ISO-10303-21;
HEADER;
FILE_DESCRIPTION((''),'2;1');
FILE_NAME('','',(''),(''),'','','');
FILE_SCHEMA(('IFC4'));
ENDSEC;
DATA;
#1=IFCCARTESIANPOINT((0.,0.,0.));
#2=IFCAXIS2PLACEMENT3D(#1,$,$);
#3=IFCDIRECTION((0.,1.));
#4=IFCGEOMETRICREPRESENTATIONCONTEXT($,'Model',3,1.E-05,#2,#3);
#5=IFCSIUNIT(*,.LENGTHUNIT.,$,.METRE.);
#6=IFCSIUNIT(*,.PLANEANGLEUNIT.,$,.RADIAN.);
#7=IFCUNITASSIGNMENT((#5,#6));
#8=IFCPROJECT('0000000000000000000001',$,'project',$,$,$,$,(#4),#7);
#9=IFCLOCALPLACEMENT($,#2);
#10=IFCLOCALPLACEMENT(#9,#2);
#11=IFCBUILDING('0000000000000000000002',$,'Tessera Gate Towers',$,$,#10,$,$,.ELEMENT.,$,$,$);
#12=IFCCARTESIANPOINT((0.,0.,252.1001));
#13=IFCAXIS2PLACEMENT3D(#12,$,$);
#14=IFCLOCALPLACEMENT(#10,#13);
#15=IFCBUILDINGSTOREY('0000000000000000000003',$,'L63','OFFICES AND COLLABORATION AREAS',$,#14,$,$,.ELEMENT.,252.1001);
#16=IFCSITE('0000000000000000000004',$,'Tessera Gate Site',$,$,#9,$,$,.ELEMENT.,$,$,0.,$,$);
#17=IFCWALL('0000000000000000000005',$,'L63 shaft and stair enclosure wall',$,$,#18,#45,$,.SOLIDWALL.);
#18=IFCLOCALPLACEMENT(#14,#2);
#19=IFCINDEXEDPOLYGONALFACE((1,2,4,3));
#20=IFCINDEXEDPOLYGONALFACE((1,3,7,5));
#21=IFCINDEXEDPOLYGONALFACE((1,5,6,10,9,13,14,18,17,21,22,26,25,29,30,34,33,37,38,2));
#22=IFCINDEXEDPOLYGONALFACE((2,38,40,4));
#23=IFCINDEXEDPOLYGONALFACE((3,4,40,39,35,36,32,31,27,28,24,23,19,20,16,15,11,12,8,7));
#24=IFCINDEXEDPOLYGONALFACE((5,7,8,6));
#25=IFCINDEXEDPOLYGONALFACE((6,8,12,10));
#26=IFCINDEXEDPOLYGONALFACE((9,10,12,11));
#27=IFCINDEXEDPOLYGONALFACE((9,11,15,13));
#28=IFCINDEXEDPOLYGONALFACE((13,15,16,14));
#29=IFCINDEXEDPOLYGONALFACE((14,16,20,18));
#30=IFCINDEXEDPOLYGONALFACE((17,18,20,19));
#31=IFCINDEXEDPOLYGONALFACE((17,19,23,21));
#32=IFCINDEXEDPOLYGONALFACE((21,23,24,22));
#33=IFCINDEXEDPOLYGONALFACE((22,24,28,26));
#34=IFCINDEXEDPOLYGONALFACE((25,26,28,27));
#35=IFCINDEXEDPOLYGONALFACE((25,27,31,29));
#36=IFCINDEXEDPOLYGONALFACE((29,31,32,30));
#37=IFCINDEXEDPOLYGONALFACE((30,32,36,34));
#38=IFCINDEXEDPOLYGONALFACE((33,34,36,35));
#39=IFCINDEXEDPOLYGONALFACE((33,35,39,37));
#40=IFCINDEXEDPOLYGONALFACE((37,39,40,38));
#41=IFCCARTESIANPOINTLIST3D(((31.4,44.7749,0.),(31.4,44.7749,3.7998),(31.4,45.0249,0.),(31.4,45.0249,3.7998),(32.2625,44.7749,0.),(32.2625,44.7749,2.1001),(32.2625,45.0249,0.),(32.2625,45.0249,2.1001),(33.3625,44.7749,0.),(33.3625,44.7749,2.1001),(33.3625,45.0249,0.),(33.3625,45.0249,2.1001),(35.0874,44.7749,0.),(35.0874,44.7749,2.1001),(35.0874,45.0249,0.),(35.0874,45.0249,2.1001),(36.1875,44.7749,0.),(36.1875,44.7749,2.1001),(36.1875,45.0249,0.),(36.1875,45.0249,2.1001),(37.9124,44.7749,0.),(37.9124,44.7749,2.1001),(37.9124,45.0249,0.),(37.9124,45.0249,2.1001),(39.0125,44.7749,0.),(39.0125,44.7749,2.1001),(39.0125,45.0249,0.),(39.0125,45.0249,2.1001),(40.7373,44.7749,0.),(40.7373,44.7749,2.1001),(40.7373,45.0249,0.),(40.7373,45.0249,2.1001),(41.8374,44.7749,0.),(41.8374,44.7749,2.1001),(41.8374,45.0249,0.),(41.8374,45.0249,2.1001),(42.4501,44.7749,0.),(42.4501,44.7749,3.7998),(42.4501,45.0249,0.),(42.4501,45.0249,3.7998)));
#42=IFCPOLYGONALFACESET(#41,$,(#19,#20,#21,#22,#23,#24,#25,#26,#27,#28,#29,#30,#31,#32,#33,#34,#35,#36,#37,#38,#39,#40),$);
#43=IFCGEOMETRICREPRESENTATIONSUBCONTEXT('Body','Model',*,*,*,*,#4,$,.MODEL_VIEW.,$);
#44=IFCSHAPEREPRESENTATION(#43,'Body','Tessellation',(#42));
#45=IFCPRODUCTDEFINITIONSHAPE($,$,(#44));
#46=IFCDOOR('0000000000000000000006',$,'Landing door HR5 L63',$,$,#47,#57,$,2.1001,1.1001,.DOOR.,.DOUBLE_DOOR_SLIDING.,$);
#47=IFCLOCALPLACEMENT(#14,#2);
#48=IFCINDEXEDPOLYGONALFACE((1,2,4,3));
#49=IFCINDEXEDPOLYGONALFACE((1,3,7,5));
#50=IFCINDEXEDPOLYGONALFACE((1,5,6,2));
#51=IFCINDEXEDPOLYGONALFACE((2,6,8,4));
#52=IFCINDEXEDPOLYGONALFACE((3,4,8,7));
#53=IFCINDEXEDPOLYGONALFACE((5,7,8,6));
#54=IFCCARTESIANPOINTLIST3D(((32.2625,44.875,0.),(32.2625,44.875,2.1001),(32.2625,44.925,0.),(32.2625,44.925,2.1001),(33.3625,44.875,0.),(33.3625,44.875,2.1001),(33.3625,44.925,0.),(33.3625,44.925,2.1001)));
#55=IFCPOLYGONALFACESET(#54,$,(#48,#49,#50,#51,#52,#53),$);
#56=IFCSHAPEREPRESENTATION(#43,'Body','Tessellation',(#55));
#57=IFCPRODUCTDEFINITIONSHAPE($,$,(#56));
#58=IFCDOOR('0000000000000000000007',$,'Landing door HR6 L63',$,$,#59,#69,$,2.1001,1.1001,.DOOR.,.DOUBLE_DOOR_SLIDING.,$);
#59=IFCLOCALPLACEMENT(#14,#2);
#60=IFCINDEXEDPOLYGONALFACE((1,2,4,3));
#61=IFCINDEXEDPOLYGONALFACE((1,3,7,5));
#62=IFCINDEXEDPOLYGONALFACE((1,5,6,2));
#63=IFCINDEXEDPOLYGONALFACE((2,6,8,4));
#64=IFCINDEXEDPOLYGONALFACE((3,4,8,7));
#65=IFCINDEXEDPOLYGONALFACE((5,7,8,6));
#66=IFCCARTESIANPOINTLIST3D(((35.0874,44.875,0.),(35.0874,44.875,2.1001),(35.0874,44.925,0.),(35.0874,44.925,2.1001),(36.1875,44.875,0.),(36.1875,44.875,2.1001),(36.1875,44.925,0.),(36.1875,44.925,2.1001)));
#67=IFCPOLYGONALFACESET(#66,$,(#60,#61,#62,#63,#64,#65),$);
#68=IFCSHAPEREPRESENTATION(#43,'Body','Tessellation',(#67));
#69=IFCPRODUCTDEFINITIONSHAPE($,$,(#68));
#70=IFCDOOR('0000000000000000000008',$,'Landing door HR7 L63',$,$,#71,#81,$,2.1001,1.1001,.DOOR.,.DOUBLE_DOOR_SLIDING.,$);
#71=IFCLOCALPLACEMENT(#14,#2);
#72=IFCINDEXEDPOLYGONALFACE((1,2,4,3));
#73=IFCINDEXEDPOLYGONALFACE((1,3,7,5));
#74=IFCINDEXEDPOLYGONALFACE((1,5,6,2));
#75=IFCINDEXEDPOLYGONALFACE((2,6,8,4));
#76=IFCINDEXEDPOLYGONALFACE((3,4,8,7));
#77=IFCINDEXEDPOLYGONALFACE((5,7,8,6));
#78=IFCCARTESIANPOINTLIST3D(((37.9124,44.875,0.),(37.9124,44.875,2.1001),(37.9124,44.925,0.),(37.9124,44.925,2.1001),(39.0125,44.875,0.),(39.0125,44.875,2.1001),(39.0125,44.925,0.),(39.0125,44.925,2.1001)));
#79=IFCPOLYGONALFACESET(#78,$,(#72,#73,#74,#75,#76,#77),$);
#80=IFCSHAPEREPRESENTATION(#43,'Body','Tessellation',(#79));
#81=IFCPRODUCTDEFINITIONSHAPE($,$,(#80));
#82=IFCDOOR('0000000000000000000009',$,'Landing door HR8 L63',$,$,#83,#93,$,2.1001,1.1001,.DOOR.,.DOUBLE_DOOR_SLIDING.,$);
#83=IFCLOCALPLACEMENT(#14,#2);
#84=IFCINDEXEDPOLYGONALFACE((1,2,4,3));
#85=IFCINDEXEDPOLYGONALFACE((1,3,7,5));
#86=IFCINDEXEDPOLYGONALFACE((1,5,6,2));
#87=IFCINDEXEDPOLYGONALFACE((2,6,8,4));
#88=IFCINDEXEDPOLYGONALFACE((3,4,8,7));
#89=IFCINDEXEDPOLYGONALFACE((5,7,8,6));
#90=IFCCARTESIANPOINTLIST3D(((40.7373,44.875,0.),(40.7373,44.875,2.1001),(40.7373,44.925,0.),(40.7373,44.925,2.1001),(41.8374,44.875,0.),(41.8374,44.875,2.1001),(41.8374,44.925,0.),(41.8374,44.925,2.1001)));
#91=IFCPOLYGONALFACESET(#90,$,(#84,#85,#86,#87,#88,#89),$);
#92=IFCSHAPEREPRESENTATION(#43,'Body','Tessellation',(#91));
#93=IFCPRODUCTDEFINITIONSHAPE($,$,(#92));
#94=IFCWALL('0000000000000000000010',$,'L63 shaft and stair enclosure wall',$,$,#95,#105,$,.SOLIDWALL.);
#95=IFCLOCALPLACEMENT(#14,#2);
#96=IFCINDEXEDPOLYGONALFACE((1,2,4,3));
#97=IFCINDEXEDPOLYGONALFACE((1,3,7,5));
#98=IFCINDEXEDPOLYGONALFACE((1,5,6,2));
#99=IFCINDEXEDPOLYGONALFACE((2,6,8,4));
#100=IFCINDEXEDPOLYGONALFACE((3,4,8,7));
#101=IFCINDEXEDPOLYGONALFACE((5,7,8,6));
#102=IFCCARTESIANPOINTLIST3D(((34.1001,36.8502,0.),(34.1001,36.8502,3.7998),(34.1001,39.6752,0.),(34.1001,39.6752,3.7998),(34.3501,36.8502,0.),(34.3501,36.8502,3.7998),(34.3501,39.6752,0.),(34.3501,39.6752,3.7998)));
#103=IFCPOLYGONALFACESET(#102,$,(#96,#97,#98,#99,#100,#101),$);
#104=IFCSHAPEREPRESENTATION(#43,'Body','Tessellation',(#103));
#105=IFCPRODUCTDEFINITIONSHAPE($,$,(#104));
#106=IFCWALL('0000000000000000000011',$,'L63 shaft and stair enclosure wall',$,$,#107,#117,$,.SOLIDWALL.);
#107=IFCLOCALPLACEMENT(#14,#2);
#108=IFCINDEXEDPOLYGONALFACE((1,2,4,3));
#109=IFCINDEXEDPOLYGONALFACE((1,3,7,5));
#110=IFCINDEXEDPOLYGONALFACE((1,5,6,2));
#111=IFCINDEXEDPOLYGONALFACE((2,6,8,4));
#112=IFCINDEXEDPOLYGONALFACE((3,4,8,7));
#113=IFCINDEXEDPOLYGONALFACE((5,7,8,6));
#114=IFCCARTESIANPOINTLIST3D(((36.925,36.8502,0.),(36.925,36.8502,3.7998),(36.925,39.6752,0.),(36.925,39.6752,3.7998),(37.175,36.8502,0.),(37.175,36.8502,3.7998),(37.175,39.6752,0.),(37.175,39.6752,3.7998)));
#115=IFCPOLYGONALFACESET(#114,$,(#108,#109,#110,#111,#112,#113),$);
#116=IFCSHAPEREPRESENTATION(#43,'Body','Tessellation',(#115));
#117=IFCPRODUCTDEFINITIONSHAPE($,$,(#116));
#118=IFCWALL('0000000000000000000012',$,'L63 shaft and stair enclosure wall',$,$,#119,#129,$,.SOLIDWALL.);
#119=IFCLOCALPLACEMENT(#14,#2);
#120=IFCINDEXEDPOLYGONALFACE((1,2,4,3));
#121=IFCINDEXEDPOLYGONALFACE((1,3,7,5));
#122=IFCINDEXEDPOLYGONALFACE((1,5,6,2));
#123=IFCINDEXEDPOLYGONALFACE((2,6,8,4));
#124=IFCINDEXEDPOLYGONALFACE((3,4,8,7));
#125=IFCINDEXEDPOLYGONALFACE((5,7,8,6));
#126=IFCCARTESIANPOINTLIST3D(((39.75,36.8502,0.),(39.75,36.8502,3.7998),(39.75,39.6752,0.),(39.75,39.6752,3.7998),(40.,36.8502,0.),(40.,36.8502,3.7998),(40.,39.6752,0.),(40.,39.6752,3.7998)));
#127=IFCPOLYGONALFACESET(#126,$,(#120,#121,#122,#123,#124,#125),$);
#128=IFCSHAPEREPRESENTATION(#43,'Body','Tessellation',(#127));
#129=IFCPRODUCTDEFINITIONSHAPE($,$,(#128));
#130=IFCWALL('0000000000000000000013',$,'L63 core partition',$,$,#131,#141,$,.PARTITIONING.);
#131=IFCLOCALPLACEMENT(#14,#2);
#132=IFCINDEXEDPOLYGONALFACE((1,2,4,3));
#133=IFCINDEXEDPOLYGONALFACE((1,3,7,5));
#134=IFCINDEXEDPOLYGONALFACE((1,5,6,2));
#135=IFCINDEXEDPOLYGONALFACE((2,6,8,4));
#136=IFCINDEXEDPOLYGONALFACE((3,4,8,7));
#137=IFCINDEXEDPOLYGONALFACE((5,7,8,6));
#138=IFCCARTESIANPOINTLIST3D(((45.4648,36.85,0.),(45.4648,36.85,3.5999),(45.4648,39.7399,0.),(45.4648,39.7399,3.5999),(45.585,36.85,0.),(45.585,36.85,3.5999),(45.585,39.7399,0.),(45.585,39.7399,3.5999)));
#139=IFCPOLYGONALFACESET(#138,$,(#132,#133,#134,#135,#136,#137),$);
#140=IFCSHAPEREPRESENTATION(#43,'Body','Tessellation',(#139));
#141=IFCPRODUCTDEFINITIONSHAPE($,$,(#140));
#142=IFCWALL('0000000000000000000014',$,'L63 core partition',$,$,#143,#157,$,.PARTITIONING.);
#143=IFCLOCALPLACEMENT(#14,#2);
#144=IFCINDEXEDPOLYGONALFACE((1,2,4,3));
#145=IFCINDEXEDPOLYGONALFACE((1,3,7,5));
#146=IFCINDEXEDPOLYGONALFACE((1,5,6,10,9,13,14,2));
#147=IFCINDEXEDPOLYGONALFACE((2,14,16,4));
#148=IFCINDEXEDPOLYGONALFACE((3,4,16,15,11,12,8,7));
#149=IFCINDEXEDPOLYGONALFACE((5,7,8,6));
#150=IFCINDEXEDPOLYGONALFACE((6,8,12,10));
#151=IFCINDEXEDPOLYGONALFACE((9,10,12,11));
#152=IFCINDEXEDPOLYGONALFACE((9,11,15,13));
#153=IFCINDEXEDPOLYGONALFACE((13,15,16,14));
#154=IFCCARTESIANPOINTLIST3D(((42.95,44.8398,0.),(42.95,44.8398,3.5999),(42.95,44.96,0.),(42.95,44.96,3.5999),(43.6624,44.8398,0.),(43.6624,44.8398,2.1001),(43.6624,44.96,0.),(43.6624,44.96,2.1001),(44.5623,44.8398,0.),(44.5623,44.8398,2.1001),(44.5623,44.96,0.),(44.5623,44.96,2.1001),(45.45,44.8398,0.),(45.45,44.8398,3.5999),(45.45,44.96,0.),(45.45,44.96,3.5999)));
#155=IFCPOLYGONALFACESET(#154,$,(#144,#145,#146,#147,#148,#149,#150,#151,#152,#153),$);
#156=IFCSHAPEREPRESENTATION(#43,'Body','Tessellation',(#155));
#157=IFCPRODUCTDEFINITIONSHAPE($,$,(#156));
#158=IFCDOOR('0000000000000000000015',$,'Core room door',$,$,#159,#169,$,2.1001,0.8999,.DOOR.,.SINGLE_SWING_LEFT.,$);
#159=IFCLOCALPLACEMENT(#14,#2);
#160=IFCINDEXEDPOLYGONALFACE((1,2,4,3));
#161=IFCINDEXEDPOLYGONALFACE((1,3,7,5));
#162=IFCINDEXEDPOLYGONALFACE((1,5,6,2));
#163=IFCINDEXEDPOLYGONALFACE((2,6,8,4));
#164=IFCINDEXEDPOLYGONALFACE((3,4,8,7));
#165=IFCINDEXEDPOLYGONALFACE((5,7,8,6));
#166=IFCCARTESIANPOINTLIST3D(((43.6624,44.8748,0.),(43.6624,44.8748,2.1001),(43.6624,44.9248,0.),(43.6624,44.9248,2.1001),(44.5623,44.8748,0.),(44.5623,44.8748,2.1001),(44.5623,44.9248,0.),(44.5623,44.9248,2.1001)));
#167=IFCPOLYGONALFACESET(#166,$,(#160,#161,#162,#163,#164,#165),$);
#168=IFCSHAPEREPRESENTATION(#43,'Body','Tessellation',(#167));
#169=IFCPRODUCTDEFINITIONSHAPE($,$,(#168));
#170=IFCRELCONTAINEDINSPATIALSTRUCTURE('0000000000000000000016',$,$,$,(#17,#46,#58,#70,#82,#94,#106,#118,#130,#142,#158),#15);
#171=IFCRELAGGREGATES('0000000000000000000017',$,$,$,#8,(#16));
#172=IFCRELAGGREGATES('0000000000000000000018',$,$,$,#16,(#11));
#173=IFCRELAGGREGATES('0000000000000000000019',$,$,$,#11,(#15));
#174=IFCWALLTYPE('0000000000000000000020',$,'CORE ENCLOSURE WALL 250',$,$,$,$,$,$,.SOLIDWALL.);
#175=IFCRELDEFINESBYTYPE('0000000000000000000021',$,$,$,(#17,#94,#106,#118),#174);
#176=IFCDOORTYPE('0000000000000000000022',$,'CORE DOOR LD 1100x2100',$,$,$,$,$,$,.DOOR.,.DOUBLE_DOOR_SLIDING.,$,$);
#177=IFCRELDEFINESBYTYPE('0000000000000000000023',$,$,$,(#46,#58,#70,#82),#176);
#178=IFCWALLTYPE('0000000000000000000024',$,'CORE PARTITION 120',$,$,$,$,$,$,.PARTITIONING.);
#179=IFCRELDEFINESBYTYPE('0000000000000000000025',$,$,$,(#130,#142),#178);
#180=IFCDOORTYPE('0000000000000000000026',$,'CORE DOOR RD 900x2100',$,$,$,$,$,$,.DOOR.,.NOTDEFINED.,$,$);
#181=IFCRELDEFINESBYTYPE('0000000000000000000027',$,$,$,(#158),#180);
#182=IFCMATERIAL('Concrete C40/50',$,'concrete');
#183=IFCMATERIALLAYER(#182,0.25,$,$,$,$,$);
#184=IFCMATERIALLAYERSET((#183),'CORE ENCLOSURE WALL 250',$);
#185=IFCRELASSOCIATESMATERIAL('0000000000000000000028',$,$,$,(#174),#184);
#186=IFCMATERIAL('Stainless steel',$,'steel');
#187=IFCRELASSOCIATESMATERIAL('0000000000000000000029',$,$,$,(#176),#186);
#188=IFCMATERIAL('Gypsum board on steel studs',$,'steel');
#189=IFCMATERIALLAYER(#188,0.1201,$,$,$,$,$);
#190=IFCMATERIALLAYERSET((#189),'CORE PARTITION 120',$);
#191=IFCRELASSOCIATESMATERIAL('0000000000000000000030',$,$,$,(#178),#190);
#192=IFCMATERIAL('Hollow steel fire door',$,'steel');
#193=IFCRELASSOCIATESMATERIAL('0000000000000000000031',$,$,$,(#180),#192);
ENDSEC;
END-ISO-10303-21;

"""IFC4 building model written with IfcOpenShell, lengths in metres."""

from ifc_helpers import new_model, si_unit, direction, frame, frame_2d, origin, place, context, subcontext, project, spatial, rectangle, extrude, source, transform, mapped, material, layer, layer_set, type_object, element, fill, save


model = new_model("IFC4")

# Units and contexts
model_context = context("Model", 3, precision=1e-05, world=origin(), true_north=direction((0.0, 1.0)))
body_context = subcontext(model_context, "Body", "Model", "MODEL_VIEW")
ifc_project = project(units=[si_unit("LENGTHUNIT", "METRE"), si_unit("PLANEANGLEUNIT", "RADIAN")], contexts=[model_context])

# Site, building, storey
site_placement = place(None, origin())
site = spatial("IfcSite", under=ifc_project, at=site_placement, Name="Tessera Gate Site", CompositionType="ELEMENT", RefElevation=0.0)
building_placement = place(site_placement, origin())
building = spatial("IfcBuilding", under=site, at=building_placement, Name="Tessera Gate Towers", CompositionType="ELEMENT")
storey_placement = place(building_placement, frame((0.0, 0.0, 252.1001)))
storey = spatial("IfcBuildingStorey", under=building, at=storey_placement, Name="L63", Description="OFFICES AND COLLABORATION AREAS", CompositionType="ELEMENT", Elevation=252.1001)

# Wall, openings, doors
ifc_material_1 = material(Name="Concrete C40/50", Category="concrete")
ifc_layer_1 = layer(ifc_material_1, 0.25)
ifc_layer_set_1 = layer_set([ifc_layer_1], Name="CORE ENCLOSURE WALL 250")
wall_type_1 = type_object("IfcWallType", Name="CORE ENCLOSURE WALL 250", PredefinedType="SOLIDWALL", material=ifc_layer_set_1)
shared_shape_1 = source(origin(), body_context, "Body", "SweptSolid", [
    extrude(rectangle(XDim=1.1001, YDim=2.1001, at=frame_2d((0.55, 1.05))), frame((0.0, 0.135, 0.0), z_axis=(0.0, -1.0, 0.0), x_axis=(1.0, 0.0, 0.0)), (0.0, 0.0, 1.0), 0.27),
])
ifc_material_2 = material(Name="Stainless steel", Category="steel")
door_type_1 = type_object("IfcDoorType", Name="CORE DOOR LD 1100x2100", OperationType="DOUBLE_DOOR_SLIDING", PredefinedType="DOOR", material=ifc_material_2)
shared_shape_2 = source(origin(), body_context, "Body", "SweptSolid", [
    extrude(rectangle(XDim=1.1001, YDim=2.1001, at=frame_2d((0.55, 1.05))), frame((0.0, 0.0249, 0.0), z_axis=(0.0, -1.0, 0.0), x_axis=(1.0, 0.0, 0.0)), (0.0, 0.0, 1.0), 0.05),
])
wall_1_placement = place(storey_placement, frame((42.45, 44.8999, 0.0), z_axis=(0.0, 0.0, 1.0), x_axis=(-1.0, 0.0, 0.0)))
wall_1 = element("IfcWall", 1, at=wall_1_placement, inside=storey, type_object=wall_type_1, Name="L63 shaft and stair enclosure wall", PredefinedType="SOLIDWALL", context=body_context, shape_type="SweptSolid", body=[
    extrude(rectangle(XDim=11.05, YDim=0.25, at=frame_2d((5.5249, 0.0))), origin(), (0.0, 0.0, 1.0), 3.7998),
])
opening_1_placement = place(wall_1_placement, frame((9.0874, 0.0, 0.0)))
opening_1 = element("IfcOpeningElement", 2, at=opening_1_placement, cuts=wall_1, PredefinedType="OPENING", context=body_context, shape_type="MappedRepresentation", body=[
    mapped(shared_shape_1, transform((0.0, 0.0, 0.0), scale=1.0)),
])
opening_2_placement = place(wall_1_placement, frame((6.2625, 0.0, 0.0)))
opening_2 = element("IfcOpeningElement", 3, at=opening_2_placement, cuts=wall_1, PredefinedType="OPENING", context=body_context, shape_type="MappedRepresentation", body=[
    mapped(shared_shape_1, transform((0.0, 0.0, 0.0), scale=1.0)),
])
opening_3_placement = place(wall_1_placement, frame((3.4375, 0.0, 0.0)))
opening_3 = element("IfcOpeningElement", 4, at=opening_3_placement, cuts=wall_1, PredefinedType="OPENING", context=body_context, shape_type="MappedRepresentation", body=[
    mapped(shared_shape_1, transform((0.0, 0.0, 0.0), scale=1.0)),
])
opening_4_placement = place(wall_1_placement, frame((0.6125, 0.0, 0.0)))
opening_4 = element("IfcOpeningElement", 5, at=opening_4_placement, cuts=wall_1, PredefinedType="OPENING", context=body_context, shape_type="MappedRepresentation", body=[
    mapped(shared_shape_1, transform((0.0, 0.0, 0.0), scale=1.0)),
])
door_1_placement = place(opening_1_placement, origin())
door_1 = element("IfcDoor", 6, at=door_1_placement, inside=storey, type_object=door_type_1, Name="Landing door HR5 L63", OperationType="DOUBLE_DOOR_SLIDING", OverallHeight=2.1001, OverallWidth=1.1001, PredefinedType="DOOR", context=body_context, shape_type="MappedRepresentation", body=[
    mapped(shared_shape_2, transform((0.0, 0.0, 0.0), scale=1.0)),
])
fill(opening_1, door_1)
door_2_placement = place(opening_2_placement, origin())
door_2 = element("IfcDoor", 7, at=door_2_placement, inside=storey, type_object=door_type_1, Name="Landing door HR6 L63", OperationType="DOUBLE_DOOR_SLIDING", OverallHeight=2.1001, OverallWidth=1.1001, PredefinedType="DOOR", context=body_context, shape_type="MappedRepresentation", body=[
    mapped(shared_shape_2, transform((0.0, 0.0, 0.0), scale=1.0)),
])
fill(opening_2, door_2)
door_3_placement = place(opening_3_placement, origin())
door_3 = element("IfcDoor", 8, at=door_3_placement, inside=storey, type_object=door_type_1, Name="Landing door HR7 L63", OperationType="DOUBLE_DOOR_SLIDING", OverallHeight=2.1001, OverallWidth=1.1001, PredefinedType="DOOR", context=body_context, shape_type="MappedRepresentation", body=[
    mapped(shared_shape_2, transform((0.0, 0.0, 0.0), scale=1.0)),
])
fill(opening_3, door_3)
door_4_placement = place(opening_4_placement, origin())
door_4 = element("IfcDoor", 9, at=door_4_placement, inside=storey, type_object=door_type_1, Name="Landing door HR8 L63", OperationType="DOUBLE_DOOR_SLIDING", OverallHeight=2.1001, OverallWidth=1.1001, PredefinedType="DOOR", context=body_context, shape_type="MappedRepresentation", body=[
    mapped(shared_shape_2, transform((0.0, 0.0, 0.0), scale=1.0)),
])
fill(opening_4, door_4)

# Walls
for number, where, z_axis, x_axis, name in (
    (10, (34.2251, 36.8501, 0.0), (0.0, 0.0, 1.0), (0.0, 1.0, 0.0), "L63 shaft and stair enclosure wall"),
    (11, (37.05, 36.8501, 0.0), (0.0, 0.0, 1.0), (0.0, 1.0, 0.0), "L63 shaft and stair enclosure wall"),
    (12, (39.875, 36.8501, 0.0), (0.0, 0.0, 1.0), (0.0, 1.0, 0.0), "L63 shaft and stair enclosure wall"),
):
    element("IfcWall", number, at=place(storey_placement, frame(where, z_axis=z_axis, x_axis=x_axis)), inside=storey, type_object=wall_type_1, Name=name, PredefinedType="SOLIDWALL", context=body_context, shape_type="SweptSolid", body=[
        extrude(rectangle(XDim=2.825, YDim=0.25, at=frame_2d((1.4126, 0.0))), origin(), (0.0, 0.0, 1.0), 3.7998),
    ])
ifc_material_3 = material(Name="Gypsum board on steel studs", Category="steel")
ifc_layer_2 = layer(ifc_material_3, 0.1201)
ifc_layer_set_2 = layer_set([ifc_layer_2], Name="CORE PARTITION 120")
wall_type_2 = type_object("IfcWallType", Name="CORE PARTITION 120", PredefinedType="PARTITIONING", material=ifc_layer_set_2)
wall_2_placement = place(storey_placement, frame((45.5249, 36.8501, 0.0), z_axis=(0.0, 0.0, 1.0), x_axis=(0.0, 1.0, 0.0)))
element("IfcWall", 13, at=wall_2_placement, inside=storey, type_object=wall_type_2, Name="L63 core partition", PredefinedType="PARTITIONING", context=body_context, shape_type="SweptSolid", body=[
    extrude(rectangle(XDim=2.8899, YDim=0.1201, at=frame_2d((1.4448, 0.0))), origin(), (0.0, 0.0, 1.0), 3.5999),
])

# Wall, opening, door
wall_3_placement = place(storey_placement, frame((42.95, 44.8999, 0.0), z_axis=(0.0, 0.0, 1.0), x_axis=(1.0, 0.0, 0.0)))
wall_3 = element("IfcWall", 14, at=wall_3_placement, inside=storey, type_object=wall_type_2, Name="L63 core partition", PredefinedType="PARTITIONING", context=body_context, shape_type="SweptSolid", body=[
    extrude(rectangle(XDim=2.5, YDim=0.1201, at=frame_2d((1.25, 0.0))), origin(), (0.0, 0.0, 1.0), 3.5999),
])
shared_shape_3 = source(origin(), body_context, "Body", "SweptSolid", [
    extrude(rectangle(XDim=0.8999, YDim=2.1001, at=frame_2d((0.45, 1.05))), frame((0.0, 0.0701, 0.0), z_axis=(0.0, -1.0, 0.0), x_axis=(1.0, 0.0, 0.0)), (0.0, 0.0, 1.0), 0.1401),
])
opening_5_placement = place(wall_3_placement, frame((0.7124, 0.0, 0.0)))
opening_5 = element("IfcOpeningElement", 15, at=opening_5_placement, cuts=wall_3, PredefinedType="OPENING", context=body_context, shape_type="MappedRepresentation", body=[
    mapped(shared_shape_3, transform((0.0, 0.0, 0.0), scale=1.0)),
])
ifc_material_4 = material(Name="Hollow steel fire door", Category="steel")
door_type_2 = type_object("IfcDoorType", Name="CORE DOOR RD 900x2100", OperationType="NOTDEFINED", PredefinedType="DOOR", material=ifc_material_4)
shared_shape_4 = source(origin(), body_context, "Body", "SweptSolid", [
    extrude(rectangle(XDim=0.8999, YDim=2.1001, at=frame_2d((0.45, 1.05))), frame((0.0, 0.0249, 0.0), z_axis=(0.0, -1.0, 0.0), x_axis=(1.0, 0.0, 0.0)), (0.0, 0.0, 1.0), 0.05),
])
door_5_placement = place(opening_5_placement, origin())
door_5 = element("IfcDoor", 16, at=door_5_placement, inside=storey, type_object=door_type_2, Name="Core room door", OperationType="SINGLE_SWING_LEFT", OverallHeight=2.1001, OverallWidth=0.8999, PredefinedType="DOOR", context=body_context, shape_type="MappedRepresentation", body=[
    mapped(shared_shape_4, transform((0.0, 0.0, 0.0), scale=1.0)),
])
fill(opening_5, door_5)

save(model, "model.ifc")
